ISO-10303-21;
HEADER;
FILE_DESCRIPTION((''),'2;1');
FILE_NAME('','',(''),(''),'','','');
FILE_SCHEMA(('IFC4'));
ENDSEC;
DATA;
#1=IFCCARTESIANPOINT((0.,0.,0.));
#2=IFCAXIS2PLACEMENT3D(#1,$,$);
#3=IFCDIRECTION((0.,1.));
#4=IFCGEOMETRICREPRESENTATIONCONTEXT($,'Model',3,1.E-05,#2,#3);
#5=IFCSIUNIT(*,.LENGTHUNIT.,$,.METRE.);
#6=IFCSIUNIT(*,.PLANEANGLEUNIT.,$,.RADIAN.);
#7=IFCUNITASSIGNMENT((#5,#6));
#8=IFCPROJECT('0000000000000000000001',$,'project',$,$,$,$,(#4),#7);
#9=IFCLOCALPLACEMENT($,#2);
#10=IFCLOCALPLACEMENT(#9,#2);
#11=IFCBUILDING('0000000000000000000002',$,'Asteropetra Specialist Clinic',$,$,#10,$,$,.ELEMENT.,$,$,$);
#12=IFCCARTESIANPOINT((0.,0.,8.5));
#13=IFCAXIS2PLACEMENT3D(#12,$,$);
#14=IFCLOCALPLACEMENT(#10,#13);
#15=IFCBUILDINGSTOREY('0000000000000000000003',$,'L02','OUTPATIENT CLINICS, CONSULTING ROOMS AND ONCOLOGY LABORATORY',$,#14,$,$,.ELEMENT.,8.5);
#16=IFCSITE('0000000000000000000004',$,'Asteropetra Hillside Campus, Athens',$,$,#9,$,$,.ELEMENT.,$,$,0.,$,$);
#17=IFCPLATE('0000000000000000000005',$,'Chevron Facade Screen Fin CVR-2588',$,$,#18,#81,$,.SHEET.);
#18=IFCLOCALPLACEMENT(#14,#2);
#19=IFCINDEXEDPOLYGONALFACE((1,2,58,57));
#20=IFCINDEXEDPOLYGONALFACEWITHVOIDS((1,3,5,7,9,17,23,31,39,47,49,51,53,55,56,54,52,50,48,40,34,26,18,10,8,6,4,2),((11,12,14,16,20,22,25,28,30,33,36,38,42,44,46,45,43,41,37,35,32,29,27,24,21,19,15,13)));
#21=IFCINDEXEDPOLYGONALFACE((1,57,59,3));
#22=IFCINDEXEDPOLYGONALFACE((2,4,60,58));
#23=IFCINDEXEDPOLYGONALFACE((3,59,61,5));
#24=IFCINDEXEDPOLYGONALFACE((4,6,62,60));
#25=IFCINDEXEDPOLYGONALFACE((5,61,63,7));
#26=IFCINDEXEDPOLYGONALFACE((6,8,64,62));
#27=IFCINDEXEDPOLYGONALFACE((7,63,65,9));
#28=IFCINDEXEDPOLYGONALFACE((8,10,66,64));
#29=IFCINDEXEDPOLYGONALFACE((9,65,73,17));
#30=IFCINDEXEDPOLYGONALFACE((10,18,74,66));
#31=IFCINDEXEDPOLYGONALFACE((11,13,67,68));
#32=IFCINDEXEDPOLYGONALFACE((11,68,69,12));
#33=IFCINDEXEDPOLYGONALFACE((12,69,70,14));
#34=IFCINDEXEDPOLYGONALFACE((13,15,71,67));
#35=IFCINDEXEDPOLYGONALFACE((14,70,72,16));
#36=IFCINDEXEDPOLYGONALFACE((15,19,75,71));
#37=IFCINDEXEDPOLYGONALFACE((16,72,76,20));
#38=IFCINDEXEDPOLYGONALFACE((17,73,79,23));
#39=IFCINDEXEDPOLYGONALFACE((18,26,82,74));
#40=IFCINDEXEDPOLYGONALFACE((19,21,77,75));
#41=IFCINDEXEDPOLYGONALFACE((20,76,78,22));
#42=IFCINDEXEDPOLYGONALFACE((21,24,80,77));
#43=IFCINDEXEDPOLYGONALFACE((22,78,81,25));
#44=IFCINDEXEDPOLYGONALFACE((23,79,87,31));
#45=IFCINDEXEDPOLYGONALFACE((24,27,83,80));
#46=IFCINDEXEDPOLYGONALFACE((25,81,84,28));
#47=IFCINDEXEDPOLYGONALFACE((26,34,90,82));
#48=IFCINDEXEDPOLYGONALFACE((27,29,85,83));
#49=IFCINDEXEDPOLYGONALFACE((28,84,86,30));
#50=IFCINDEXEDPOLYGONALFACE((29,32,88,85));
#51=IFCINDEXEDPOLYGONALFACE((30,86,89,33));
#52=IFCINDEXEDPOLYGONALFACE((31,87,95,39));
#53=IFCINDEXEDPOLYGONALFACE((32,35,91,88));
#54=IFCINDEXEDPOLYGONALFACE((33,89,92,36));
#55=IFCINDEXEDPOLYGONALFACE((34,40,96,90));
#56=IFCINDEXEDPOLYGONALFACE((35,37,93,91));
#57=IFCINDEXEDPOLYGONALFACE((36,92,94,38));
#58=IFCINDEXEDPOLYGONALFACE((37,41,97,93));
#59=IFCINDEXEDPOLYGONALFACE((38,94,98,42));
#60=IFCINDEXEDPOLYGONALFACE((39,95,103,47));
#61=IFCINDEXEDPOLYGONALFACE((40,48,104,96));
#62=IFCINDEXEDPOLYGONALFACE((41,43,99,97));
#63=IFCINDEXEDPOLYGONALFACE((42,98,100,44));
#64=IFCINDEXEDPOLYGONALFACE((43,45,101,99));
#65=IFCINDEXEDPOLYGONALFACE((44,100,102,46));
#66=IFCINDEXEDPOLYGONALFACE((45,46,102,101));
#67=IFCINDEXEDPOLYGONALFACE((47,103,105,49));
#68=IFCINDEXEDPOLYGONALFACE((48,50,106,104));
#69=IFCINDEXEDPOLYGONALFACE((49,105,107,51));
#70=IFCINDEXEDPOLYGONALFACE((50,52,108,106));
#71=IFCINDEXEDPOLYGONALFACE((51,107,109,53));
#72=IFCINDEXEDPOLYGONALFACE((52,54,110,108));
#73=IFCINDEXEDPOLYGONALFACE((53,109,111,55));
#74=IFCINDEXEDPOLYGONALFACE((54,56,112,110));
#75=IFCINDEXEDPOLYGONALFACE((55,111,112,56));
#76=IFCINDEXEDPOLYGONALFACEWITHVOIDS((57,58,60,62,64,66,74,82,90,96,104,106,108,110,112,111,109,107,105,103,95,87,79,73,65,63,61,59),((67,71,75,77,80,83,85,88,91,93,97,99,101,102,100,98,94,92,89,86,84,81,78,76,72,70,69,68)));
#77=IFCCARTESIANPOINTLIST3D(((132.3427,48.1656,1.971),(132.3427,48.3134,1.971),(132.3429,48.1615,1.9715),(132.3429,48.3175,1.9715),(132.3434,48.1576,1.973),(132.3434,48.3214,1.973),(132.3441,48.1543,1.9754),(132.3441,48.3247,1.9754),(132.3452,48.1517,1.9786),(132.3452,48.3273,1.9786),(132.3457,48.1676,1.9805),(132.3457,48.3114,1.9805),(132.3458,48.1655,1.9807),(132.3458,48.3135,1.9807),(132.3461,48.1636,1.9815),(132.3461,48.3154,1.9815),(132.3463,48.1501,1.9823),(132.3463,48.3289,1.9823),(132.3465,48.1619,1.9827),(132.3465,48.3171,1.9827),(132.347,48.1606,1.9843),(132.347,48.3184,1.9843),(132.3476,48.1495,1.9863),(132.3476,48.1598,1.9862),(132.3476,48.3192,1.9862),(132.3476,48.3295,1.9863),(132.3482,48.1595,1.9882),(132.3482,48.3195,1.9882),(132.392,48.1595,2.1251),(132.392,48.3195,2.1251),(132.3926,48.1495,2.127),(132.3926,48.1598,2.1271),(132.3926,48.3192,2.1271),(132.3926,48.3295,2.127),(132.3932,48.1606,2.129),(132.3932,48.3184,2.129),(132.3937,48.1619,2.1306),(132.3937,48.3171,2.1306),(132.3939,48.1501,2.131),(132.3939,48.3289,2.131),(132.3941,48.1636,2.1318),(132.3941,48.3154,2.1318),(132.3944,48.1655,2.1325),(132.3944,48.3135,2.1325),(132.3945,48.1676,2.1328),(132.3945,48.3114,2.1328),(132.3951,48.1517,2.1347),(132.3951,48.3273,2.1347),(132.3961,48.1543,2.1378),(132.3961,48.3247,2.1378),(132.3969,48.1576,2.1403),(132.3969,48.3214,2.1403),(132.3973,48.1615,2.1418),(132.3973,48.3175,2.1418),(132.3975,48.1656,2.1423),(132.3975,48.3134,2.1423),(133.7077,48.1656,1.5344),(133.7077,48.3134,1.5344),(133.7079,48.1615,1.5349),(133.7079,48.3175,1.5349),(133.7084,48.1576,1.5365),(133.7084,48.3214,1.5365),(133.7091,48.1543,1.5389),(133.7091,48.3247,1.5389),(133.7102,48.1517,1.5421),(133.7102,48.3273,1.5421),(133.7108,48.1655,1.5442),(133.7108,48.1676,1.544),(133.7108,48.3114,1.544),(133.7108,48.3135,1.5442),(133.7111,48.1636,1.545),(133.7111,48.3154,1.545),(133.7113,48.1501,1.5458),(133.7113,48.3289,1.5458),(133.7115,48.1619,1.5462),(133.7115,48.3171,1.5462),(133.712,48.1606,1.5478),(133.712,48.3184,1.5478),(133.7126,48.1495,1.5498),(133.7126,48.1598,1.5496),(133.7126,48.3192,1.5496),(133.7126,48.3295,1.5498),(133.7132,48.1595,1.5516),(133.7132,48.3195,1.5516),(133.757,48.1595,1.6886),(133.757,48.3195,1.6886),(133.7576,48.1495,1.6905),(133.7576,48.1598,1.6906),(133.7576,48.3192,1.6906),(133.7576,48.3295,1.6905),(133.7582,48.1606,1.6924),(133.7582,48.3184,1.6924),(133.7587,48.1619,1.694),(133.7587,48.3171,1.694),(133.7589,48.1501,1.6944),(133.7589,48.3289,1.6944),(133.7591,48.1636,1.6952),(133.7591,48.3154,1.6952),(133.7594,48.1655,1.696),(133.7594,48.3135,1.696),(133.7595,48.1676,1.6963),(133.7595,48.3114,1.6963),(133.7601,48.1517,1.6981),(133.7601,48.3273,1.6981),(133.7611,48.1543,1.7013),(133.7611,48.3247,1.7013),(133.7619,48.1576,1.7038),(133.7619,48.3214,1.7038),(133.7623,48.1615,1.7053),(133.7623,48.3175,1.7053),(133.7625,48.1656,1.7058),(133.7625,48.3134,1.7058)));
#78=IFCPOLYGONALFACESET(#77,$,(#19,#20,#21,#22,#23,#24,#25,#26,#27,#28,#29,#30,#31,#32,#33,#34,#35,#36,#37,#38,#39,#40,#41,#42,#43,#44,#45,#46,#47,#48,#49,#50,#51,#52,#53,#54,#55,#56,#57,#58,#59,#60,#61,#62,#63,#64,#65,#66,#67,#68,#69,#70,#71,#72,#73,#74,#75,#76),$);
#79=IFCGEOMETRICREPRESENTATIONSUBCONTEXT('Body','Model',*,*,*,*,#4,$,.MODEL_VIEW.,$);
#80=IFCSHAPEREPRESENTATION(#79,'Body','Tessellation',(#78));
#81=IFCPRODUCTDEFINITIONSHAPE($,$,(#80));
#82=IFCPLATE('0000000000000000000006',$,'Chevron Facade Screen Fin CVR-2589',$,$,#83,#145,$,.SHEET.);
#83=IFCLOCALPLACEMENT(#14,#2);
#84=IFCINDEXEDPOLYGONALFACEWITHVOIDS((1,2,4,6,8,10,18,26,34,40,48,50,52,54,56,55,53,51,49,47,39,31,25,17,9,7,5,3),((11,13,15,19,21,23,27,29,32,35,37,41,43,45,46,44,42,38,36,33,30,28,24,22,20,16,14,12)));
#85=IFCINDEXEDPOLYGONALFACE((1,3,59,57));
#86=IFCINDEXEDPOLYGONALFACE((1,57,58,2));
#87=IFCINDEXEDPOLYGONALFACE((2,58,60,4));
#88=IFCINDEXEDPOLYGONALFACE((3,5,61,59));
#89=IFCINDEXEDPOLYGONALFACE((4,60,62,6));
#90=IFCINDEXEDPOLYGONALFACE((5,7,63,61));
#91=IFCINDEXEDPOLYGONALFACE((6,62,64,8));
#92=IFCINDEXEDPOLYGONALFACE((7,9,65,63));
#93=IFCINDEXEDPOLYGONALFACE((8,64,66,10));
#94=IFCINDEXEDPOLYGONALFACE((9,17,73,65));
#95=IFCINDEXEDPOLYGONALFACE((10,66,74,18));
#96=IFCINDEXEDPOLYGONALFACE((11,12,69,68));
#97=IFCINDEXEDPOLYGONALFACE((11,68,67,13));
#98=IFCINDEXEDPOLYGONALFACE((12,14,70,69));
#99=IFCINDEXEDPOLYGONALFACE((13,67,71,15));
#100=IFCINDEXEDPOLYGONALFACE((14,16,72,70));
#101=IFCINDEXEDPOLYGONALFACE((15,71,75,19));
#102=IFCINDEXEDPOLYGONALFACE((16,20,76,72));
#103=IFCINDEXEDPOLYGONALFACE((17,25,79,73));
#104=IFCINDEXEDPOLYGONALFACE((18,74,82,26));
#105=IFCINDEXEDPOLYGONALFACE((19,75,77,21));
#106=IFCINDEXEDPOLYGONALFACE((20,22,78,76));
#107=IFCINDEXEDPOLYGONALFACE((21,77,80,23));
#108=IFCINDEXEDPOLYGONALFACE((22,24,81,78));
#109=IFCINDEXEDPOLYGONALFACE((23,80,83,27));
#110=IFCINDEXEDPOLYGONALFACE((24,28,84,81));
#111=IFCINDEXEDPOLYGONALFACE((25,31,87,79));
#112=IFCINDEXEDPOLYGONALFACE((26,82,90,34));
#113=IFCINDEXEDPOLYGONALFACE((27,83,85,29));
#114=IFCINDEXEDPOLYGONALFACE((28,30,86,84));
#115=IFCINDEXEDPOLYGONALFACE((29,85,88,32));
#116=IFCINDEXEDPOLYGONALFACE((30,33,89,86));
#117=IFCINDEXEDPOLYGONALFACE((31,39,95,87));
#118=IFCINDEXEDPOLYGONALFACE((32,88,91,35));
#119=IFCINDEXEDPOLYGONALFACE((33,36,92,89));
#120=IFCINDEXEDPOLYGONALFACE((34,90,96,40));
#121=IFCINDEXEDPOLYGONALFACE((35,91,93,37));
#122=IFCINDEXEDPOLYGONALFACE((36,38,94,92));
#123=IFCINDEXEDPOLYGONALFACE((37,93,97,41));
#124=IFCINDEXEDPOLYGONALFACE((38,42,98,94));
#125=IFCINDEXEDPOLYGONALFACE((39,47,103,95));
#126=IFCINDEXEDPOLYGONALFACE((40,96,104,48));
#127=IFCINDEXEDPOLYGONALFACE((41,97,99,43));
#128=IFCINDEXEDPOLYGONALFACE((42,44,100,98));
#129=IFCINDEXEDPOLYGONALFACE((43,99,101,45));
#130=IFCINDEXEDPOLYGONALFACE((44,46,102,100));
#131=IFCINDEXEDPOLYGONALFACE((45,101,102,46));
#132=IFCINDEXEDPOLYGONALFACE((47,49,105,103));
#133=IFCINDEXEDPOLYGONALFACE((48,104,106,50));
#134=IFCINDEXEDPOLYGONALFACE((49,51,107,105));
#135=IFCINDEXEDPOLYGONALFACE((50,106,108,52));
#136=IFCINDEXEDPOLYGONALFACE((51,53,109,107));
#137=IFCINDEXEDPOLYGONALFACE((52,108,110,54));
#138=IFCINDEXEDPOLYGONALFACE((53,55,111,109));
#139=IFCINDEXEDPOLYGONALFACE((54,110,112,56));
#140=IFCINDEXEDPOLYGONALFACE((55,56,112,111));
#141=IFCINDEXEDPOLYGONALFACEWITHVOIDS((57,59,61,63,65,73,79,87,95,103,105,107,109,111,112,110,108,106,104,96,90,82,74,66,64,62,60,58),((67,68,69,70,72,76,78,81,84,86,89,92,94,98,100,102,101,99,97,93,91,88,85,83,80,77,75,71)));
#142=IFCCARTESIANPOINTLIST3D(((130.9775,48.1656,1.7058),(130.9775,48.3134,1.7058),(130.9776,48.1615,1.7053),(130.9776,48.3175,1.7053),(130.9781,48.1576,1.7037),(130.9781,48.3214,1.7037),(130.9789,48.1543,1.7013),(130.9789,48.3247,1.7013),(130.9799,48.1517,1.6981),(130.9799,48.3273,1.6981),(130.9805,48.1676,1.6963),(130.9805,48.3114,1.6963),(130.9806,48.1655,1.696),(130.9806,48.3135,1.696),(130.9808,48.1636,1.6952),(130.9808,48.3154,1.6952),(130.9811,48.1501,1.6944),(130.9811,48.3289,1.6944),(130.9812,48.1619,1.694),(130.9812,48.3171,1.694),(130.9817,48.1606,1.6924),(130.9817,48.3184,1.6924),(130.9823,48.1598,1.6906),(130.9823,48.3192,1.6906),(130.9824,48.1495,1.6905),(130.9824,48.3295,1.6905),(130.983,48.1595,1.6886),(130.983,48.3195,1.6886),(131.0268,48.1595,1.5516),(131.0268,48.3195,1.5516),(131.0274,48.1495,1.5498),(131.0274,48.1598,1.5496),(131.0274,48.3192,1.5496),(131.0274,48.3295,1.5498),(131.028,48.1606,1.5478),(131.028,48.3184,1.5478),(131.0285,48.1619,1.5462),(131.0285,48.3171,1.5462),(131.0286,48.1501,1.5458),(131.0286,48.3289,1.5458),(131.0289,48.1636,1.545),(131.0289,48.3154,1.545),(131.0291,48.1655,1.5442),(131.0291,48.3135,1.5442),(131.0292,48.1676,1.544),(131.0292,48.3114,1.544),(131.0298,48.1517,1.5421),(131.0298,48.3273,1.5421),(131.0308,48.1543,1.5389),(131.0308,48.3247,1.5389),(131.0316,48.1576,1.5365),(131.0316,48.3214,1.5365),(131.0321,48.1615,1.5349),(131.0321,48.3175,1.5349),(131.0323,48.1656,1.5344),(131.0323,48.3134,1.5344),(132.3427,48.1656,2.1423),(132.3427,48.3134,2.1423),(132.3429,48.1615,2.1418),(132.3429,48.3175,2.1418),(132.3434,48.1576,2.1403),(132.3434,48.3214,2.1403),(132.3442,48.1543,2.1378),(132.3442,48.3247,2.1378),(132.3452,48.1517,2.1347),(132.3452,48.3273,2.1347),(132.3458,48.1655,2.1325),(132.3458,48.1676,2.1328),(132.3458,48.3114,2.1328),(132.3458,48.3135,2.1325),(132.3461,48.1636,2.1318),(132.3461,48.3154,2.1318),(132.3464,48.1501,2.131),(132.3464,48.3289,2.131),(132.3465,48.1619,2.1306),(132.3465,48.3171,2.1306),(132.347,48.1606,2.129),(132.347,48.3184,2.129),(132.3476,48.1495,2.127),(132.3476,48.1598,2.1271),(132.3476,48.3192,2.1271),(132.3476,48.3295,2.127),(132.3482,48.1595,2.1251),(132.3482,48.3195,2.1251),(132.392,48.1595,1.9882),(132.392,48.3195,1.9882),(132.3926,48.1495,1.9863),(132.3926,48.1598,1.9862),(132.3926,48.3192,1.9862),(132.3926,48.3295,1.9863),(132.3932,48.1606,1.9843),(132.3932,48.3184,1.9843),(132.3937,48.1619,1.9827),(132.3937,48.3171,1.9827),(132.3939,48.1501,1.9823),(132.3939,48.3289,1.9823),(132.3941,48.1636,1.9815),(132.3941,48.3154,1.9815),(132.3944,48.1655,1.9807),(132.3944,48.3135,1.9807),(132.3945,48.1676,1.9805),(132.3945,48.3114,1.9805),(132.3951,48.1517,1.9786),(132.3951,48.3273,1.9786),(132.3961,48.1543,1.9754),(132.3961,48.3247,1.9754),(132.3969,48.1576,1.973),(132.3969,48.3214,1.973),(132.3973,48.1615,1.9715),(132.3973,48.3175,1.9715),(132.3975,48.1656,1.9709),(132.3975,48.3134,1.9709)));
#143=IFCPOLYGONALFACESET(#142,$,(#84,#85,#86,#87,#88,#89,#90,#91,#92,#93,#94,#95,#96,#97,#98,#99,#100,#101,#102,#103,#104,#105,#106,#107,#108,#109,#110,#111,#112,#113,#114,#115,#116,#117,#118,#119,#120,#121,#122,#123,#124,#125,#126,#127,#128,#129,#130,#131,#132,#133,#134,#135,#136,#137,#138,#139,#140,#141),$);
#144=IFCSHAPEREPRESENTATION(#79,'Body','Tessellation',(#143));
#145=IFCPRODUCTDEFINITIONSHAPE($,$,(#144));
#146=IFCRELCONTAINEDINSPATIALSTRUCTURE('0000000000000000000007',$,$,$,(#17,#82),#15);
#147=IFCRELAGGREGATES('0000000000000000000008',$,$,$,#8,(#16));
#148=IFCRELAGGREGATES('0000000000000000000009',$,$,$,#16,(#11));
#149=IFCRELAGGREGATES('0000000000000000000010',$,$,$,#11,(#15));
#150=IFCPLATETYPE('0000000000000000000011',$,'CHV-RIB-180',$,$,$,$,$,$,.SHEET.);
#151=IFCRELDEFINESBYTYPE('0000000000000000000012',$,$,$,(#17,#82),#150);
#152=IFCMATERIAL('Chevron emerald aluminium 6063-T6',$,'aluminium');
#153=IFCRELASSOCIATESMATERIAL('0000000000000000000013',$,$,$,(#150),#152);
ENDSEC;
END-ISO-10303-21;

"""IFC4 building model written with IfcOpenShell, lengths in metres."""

from ifc_helpers import new_model, si_unit, direction, frame, origin, origin_2d, place, context, subcontext, project, spatial, hollow_rectangle, extrude, material, material_profile, profile_set, type_object, element, save


model = new_model("IFC4")

# Units and contexts
model_context = context("Model", 3, precision=1e-05, world=origin(), true_north=direction((0.0, 1.0)))
body_context = subcontext(model_context, "Body", "Model", "MODEL_VIEW")
ifc_project = project(units=[si_unit("LENGTHUNIT", "METRE"), si_unit("PLANEANGLEUNIT", "RADIAN")], contexts=[model_context])

# Site, building, storey
site_placement = place(None, origin())
site = spatial("IfcSite", under=ifc_project, at=site_placement, Name="Asteropetra Hillside Campus, Athens", CompositionType="ELEMENT", RefElevation=0.0)
building_placement = place(site_placement, origin())
building = spatial("IfcBuilding", under=site, at=building_placement, Name="Asteropetra Specialist Clinic", CompositionType="ELEMENT")
storey_placement = place(building_placement, frame((0.0, 0.0, 8.5)))
storey = spatial("IfcBuildingStorey", under=building, at=storey_placement, Name="L02", Description="OUTPATIENT CLINICS, CONSULTING ROOMS AND ONCOLOGY LABORATORY", CompositionType="ELEMENT", Elevation=8.5)

# Plates
ifc_material_1 = material(Name="Chevron emerald aluminium 6063-T6", Category="aluminium")
ifc_material_profile_1 = material_profile(ifc_material_1, hollow_rectangle(XDim=0.1799, YDim=0.1799, WallThickness=0.01, InnerFilletRadius=0.0081, OuterFilletRadius=0.0161, at=origin_2d()), Name="SHS 180x180x10.0")
ifc_profile_set_1 = profile_set([ifc_material_profile_1], Name="Chevron emerald aluminium 6063-T6")
plate_type = type_object("IfcPlateType", Name="CHV-RIB-180", PredefinedType="SHEET", material=ifc_profile_set_1)
plate_1_placement = place(storey_placement, frame((133.7351, 48.2395, 1.6201), z_axis=(-0.95248, 0.0, 0.304603), x_axis=(0.0, -1.0, 0.0)))
element("IfcPlate", 1, at=plate_1_placement, inside=storey, type_object=plate_type, Name="Chevron Facade Screen Fin CVR-2588", PredefinedType="SHEET", context=body_context, shape_type="SweptSolid", body=[
    extrude(hollow_rectangle(XDim=0.1799, YDim=0.1799, WallThickness=0.01, InnerFilletRadius=0.0081, OuterFilletRadius=0.0161, at=origin_2d()), origin(), (0.0, 0.0, 1.0), 1.4331),
])
for number, where, z_axis, x_axis, name in (
    (2, (132.3701, 48.2395, 2.0566), (-0.952495, 0.0, -0.304553), (0.0, -1.0, 0.0), "Chevron Facade Screen Fin CVR-2589"),
):
    element("IfcPlate", number, at=place(storey_placement, frame(where, z_axis=z_axis, x_axis=x_axis)), inside=storey, type_object=plate_type, Name=name, PredefinedType="SHEET", context=body_context, shape_type="SweptSolid", body=[
        extrude(hollow_rectangle(XDim=0.1799, YDim=0.1799, WallThickness=0.01, InnerFilletRadius=0.0081, OuterFilletRadius=0.0161, at=origin_2d()), origin(), (0.0, 0.0, 1.0), 1.4333),
    ])

save(model, "model.ifc")
